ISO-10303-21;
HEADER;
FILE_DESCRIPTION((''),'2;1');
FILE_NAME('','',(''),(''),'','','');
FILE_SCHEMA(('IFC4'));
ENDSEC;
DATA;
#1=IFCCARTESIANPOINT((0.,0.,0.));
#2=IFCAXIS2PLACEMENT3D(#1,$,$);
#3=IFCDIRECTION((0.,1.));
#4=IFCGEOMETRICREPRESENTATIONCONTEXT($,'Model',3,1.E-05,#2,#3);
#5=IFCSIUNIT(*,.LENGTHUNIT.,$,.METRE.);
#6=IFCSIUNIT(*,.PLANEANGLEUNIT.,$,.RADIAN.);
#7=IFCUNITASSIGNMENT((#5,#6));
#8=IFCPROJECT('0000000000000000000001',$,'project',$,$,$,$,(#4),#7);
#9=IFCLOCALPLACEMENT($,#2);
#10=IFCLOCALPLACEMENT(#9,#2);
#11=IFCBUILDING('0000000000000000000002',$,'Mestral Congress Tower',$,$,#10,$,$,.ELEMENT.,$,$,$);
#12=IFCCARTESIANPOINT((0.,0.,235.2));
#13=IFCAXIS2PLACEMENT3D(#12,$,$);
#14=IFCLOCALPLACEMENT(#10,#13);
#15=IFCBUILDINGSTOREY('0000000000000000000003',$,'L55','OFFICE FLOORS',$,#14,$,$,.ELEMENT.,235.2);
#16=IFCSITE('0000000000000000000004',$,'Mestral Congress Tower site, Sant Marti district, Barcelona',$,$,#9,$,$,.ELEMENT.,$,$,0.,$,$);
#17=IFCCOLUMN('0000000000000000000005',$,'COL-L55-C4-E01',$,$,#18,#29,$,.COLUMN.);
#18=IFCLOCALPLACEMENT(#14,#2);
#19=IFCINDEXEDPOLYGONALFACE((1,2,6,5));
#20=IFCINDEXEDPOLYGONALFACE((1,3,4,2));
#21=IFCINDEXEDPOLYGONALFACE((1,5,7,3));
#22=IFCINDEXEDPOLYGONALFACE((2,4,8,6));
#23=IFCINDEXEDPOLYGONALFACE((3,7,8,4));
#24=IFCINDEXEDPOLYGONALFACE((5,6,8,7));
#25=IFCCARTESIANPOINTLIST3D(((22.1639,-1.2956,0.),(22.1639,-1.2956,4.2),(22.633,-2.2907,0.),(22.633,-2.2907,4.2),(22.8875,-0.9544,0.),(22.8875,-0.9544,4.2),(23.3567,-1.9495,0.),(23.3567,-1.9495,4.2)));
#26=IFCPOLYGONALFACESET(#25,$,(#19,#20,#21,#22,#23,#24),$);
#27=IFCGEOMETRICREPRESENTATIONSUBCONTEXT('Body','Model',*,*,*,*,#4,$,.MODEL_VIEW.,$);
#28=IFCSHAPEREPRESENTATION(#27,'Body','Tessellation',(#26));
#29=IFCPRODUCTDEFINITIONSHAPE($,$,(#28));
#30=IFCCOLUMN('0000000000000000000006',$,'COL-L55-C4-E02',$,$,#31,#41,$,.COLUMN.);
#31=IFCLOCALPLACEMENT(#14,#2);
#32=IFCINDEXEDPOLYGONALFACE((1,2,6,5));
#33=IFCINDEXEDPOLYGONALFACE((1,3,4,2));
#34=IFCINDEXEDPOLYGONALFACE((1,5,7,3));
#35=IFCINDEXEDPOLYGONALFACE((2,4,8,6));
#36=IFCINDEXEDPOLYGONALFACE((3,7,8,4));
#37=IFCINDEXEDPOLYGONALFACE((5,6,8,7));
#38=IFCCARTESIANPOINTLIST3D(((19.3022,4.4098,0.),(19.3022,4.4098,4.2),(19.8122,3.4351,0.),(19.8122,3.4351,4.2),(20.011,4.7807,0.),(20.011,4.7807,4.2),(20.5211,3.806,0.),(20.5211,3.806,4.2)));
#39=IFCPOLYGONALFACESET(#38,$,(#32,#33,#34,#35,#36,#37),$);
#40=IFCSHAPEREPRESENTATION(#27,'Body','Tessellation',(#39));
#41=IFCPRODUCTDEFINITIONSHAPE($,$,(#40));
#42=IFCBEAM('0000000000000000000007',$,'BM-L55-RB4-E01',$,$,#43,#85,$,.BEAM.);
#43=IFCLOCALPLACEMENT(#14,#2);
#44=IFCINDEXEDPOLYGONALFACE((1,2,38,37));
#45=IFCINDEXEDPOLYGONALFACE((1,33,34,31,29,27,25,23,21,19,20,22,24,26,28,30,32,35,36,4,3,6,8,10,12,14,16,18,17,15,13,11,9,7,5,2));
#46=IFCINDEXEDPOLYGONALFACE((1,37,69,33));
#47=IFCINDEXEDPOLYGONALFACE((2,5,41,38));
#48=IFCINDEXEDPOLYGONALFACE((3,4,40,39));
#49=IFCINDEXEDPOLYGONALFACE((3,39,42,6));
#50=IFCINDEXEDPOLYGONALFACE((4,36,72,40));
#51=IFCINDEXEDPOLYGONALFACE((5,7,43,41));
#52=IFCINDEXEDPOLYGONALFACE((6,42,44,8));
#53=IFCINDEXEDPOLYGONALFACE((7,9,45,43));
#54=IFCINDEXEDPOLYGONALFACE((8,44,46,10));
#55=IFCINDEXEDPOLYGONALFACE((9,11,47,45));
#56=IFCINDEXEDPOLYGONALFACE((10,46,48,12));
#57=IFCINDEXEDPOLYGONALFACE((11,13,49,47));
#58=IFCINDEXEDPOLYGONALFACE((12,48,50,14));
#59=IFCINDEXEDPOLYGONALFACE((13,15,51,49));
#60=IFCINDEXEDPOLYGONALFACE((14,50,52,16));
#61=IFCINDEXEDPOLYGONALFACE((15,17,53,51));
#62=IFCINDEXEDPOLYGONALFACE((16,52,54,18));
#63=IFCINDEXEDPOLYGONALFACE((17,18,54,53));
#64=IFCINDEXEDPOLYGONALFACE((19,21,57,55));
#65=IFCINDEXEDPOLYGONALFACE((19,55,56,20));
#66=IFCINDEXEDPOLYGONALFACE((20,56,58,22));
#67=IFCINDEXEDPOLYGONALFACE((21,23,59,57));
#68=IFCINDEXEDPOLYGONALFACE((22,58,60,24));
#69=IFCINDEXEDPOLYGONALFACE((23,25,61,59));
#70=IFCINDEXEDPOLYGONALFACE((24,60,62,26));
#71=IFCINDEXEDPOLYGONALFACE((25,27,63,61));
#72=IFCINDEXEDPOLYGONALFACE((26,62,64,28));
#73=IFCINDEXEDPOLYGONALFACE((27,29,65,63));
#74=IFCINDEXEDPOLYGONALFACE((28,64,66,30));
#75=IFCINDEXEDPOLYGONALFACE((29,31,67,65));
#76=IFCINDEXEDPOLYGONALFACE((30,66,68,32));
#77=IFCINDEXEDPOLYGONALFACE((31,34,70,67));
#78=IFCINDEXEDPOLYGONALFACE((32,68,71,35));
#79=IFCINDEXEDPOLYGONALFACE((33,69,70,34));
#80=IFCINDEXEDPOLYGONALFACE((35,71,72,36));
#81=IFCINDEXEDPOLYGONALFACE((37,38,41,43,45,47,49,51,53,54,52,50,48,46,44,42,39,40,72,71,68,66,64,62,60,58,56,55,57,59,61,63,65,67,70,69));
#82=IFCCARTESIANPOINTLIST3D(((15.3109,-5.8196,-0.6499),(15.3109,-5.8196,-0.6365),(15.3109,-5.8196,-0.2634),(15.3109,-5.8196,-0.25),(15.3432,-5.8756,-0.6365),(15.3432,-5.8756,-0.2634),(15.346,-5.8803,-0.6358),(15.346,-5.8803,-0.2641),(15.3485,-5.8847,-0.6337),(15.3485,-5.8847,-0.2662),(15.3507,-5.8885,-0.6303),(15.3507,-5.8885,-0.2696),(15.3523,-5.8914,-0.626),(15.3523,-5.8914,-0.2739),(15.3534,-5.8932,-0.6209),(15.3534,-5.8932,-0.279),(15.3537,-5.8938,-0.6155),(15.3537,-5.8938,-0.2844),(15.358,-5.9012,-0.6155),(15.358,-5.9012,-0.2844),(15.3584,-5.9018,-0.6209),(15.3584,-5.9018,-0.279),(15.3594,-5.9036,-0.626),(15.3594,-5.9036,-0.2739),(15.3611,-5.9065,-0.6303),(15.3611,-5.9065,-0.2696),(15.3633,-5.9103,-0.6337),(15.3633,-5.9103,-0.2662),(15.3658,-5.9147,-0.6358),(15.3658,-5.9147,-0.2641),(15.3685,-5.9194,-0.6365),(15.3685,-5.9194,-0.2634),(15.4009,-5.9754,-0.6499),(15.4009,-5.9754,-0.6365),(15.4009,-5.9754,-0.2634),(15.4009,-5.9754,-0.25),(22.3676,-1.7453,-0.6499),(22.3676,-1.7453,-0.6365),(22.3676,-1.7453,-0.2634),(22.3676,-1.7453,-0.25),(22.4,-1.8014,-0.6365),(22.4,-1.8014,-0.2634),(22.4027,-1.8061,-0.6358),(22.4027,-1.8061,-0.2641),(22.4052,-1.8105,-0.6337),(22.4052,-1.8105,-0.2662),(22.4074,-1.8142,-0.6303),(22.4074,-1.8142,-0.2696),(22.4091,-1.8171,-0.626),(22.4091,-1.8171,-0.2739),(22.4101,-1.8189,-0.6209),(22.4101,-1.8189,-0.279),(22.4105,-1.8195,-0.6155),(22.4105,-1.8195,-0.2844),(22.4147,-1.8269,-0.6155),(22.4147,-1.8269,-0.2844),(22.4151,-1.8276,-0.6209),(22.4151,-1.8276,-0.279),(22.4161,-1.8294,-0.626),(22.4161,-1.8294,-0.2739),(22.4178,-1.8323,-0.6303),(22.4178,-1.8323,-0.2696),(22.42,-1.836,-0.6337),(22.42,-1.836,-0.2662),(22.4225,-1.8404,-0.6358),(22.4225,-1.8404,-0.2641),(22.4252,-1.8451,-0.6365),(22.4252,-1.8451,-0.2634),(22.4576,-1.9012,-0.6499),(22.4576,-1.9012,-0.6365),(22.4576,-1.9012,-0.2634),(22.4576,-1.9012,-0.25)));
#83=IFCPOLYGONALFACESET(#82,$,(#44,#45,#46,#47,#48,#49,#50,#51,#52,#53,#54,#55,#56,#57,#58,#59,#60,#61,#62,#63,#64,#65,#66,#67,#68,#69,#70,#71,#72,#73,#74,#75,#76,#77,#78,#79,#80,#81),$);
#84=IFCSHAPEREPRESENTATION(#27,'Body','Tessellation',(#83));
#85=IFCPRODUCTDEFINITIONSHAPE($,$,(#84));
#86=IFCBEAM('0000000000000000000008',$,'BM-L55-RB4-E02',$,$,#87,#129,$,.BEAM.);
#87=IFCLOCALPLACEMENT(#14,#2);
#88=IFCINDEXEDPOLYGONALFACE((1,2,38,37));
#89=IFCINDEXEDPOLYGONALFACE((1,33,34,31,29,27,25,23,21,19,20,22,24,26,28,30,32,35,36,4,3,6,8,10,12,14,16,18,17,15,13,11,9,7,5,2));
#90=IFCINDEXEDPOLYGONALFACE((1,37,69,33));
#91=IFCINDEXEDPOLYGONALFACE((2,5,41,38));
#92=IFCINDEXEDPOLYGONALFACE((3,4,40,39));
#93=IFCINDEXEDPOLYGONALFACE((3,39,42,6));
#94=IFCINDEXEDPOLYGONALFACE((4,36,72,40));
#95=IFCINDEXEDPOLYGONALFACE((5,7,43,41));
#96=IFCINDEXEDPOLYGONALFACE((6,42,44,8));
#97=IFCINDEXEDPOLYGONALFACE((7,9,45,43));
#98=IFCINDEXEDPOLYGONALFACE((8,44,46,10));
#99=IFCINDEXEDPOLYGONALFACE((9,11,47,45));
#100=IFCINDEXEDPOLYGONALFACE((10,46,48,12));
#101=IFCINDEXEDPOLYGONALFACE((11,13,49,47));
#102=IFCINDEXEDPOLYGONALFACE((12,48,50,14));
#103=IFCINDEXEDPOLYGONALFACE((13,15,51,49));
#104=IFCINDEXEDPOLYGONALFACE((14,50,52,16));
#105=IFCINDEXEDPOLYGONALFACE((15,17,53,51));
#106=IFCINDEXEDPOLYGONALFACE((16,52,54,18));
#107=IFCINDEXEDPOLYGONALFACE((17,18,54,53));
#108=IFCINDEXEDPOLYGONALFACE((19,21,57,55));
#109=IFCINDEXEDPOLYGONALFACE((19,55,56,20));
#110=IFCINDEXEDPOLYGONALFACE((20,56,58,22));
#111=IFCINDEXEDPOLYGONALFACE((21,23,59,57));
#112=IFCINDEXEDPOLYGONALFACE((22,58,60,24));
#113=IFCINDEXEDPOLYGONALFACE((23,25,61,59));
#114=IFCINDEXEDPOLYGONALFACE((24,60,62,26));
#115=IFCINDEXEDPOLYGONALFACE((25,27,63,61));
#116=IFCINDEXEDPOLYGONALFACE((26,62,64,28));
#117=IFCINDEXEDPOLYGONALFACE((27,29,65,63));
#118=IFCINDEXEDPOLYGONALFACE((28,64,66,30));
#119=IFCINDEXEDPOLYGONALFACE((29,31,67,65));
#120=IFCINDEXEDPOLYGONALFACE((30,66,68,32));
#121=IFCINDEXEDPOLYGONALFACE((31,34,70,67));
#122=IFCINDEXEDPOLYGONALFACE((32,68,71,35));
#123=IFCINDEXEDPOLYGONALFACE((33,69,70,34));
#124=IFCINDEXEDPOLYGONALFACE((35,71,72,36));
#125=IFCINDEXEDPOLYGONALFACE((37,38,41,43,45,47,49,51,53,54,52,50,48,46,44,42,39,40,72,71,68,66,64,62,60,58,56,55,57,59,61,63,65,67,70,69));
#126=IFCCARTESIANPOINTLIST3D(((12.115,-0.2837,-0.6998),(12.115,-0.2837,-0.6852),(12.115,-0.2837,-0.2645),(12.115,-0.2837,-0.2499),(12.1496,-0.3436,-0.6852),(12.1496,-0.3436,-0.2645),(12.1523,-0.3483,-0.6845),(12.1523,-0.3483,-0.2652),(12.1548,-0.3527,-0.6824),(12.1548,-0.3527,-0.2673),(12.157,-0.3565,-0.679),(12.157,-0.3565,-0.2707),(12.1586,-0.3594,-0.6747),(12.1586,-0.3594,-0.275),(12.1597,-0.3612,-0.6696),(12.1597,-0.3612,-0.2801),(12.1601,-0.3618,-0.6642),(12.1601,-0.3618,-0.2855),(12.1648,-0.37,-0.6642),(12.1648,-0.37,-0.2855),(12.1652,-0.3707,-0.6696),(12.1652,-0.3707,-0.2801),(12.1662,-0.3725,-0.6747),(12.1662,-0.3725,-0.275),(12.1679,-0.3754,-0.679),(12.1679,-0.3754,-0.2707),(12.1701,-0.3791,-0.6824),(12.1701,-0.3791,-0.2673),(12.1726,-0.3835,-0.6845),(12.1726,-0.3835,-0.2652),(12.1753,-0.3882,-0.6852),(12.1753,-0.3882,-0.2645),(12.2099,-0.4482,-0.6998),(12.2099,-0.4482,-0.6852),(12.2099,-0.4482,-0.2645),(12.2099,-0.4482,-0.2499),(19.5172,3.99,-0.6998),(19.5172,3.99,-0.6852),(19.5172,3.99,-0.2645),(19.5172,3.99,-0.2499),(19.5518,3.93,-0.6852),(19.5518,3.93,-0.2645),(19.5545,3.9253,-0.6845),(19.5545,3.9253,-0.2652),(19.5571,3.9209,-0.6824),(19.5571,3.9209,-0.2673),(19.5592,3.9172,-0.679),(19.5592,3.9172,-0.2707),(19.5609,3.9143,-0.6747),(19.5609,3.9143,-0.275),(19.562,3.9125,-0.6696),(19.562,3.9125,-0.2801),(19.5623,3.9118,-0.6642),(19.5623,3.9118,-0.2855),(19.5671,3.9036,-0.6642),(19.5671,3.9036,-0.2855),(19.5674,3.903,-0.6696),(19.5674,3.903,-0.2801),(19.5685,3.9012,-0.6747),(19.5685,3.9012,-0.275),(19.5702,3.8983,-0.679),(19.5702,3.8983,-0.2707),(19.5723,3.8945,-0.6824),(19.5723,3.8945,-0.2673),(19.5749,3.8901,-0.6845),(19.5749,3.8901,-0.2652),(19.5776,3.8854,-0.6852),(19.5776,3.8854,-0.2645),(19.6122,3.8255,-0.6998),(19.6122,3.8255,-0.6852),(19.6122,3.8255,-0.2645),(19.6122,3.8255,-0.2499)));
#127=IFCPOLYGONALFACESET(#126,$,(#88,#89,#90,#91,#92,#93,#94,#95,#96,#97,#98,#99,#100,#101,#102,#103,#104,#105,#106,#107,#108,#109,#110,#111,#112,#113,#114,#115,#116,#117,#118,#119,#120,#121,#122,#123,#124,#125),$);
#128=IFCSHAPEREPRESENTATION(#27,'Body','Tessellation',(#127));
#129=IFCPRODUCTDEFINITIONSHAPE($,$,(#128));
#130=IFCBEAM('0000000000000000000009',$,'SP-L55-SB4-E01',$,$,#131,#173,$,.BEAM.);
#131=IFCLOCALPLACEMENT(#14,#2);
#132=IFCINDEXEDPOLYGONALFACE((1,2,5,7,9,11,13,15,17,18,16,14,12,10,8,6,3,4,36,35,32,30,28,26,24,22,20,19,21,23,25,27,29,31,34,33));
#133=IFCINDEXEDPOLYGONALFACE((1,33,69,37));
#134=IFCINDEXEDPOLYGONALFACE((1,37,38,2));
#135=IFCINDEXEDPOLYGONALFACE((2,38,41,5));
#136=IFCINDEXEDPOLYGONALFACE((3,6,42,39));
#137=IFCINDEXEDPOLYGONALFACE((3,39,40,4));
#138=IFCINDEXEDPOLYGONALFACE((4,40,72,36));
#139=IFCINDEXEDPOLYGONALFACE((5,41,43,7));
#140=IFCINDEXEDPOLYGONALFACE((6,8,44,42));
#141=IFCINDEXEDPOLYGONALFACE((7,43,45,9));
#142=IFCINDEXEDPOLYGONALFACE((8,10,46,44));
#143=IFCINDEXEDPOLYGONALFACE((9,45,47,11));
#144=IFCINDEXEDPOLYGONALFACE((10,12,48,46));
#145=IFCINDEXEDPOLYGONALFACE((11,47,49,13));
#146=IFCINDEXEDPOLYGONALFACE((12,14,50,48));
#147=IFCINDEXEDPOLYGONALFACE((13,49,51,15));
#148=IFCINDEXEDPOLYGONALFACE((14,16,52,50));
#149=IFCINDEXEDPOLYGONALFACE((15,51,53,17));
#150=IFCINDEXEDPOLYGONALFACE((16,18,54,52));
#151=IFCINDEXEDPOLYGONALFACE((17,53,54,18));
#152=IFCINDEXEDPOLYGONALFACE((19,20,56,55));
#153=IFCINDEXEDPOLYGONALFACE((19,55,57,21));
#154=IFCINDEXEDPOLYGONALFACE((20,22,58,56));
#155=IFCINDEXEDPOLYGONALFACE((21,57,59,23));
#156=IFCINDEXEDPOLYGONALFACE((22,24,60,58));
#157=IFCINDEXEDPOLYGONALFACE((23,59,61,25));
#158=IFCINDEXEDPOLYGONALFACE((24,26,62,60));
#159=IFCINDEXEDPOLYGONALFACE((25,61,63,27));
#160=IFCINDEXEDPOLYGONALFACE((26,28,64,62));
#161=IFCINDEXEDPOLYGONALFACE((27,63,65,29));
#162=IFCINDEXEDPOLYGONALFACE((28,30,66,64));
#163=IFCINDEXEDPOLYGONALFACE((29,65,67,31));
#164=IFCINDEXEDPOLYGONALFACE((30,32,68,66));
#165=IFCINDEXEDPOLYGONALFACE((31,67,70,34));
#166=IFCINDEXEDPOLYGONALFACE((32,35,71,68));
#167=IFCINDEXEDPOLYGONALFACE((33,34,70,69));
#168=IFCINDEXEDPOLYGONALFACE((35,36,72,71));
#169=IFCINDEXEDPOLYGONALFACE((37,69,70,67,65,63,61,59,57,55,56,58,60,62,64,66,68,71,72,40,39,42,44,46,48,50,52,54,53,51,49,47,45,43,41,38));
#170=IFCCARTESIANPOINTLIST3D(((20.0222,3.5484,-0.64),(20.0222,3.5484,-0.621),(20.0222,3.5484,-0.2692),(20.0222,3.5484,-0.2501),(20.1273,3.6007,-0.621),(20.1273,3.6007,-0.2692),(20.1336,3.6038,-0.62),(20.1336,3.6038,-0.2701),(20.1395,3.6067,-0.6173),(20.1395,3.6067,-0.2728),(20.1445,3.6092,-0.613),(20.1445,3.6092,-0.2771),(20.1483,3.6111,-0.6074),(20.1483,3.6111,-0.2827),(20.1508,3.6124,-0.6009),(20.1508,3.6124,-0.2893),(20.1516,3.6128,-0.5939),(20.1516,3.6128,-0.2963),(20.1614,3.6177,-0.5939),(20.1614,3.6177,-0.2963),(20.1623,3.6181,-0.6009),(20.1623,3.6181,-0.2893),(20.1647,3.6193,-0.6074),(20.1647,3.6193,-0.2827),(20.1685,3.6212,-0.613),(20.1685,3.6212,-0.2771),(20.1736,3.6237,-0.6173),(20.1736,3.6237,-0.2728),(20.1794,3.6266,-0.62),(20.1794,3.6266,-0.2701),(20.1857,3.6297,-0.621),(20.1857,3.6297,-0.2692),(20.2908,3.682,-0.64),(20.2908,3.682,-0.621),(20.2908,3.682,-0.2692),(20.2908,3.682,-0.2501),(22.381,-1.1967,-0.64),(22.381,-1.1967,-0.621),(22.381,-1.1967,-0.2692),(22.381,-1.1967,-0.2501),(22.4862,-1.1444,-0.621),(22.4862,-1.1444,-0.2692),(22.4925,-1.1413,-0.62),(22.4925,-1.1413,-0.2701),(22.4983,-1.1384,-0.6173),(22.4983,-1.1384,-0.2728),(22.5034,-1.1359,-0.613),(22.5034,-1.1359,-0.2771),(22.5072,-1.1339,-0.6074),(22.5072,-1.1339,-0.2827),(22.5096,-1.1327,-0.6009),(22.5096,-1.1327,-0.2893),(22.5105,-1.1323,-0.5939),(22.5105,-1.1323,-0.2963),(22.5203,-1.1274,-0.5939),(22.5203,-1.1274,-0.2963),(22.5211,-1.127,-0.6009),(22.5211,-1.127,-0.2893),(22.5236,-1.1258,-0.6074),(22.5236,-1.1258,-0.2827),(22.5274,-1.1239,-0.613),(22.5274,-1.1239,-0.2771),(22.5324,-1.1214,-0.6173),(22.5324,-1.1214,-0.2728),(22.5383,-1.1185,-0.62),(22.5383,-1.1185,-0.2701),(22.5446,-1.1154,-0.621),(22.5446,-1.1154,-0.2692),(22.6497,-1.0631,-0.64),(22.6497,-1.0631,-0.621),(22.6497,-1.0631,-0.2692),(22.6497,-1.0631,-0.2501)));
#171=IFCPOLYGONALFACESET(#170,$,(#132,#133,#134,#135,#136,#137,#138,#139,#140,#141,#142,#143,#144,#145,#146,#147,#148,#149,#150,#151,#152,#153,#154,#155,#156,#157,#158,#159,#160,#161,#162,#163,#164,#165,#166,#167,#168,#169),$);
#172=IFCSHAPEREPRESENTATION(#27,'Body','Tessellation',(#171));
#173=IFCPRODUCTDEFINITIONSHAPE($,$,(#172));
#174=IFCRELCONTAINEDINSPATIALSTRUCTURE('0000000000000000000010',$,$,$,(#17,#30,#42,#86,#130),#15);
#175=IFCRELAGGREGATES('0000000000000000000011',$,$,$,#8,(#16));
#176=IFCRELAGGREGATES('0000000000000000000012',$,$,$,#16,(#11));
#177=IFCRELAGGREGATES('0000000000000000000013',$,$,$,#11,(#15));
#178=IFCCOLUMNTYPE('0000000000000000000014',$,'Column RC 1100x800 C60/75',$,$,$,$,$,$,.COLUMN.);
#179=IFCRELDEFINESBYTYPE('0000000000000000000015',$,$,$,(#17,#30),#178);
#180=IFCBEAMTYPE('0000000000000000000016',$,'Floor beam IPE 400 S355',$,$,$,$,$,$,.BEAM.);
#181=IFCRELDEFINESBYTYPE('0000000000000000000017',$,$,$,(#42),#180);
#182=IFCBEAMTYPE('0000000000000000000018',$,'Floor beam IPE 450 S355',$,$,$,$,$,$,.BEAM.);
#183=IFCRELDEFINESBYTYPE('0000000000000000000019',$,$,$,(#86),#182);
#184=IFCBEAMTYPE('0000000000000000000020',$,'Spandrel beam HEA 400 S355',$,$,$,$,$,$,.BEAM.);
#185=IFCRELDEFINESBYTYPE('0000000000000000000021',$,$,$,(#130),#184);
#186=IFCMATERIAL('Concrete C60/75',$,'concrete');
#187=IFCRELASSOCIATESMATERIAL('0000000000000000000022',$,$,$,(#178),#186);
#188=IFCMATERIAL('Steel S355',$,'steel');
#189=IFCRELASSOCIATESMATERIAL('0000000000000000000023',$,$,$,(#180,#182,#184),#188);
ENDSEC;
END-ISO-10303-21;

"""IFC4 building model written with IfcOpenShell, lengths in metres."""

from ifc_helpers import new_model, si_unit, direction, frame, origin, origin_2d, place, context, subcontext, project, spatial, rectangle, i_section, extrude, material, material_profile, profile_set, type_object, element, save


model = new_model("IFC4")

# Units and contexts
model_context = context("Model", 3, precision=1e-05, world=origin(), true_north=direction((0.0, 1.0)))
body_context = subcontext(model_context, "Body", "Model", "MODEL_VIEW")
ifc_project = project(units=[si_unit("LENGTHUNIT", "METRE"), si_unit("PLANEANGLEUNIT", "RADIAN")], contexts=[model_context])

# Site, building, storey
site_placement = place(None, origin())
site = spatial("IfcSite", under=ifc_project, at=site_placement, Name="Mestral Congress Tower site, Sant Marti district, Barcelona", CompositionType="ELEMENT", RefElevation=0.0)
building_placement = place(site_placement, origin())
building = spatial("IfcBuilding", under=site, at=building_placement, Name="Mestral Congress Tower", CompositionType="ELEMENT")
storey_placement = place(building_placement, frame((0.0, 0.0, 235.2)))
storey = spatial("IfcBuildingStorey", under=building, at=storey_placement, Name="L55", Description="OFFICE FLOORS", CompositionType="ELEMENT", Elevation=235.2)

# Columns
ifc_material_1 = material(Name="Concrete C60/75", Category="concrete")
ifc_material_profile_1 = material_profile(ifc_material_1, rectangle(XDim=1.1001, YDim=0.8, at=origin_2d()), Name="RC 1100x800")
ifc_profile_set_1 = profile_set([ifc_material_profile_1], Name="Concrete C60/75")
column_type = type_object("IfcColumnType", Name="Column RC 1100x800 C60/75", PredefinedType="COLUMN", material=ifc_profile_set_1)
for number, where, z_axis, x_axis, name in (
    (1, (22.7603, -1.6226, 0.0), (0.0, 0.0, 1.0), (-0.426472, 0.904501, 0.0), "COL-L55-C4-E01"),
    (2, (19.9116, 4.1079, 0.0), (0.0, 0.0, 1.0), (-0.463636, 0.886026, 0.0), "COL-L55-C4-E02"),
):
    element("IfcColumn", number, at=place(storey_placement, frame(where, z_axis=z_axis, x_axis=x_axis)), inside=storey, type_object=column_type, Name=name, PredefinedType="COLUMN", context=body_context, shape_type="SweptSolid", body=[
        extrude(rectangle(XDim=1.1001, YDim=0.8, at=origin_2d()), origin(), (0.0, 0.0, 1.0), 4.2),
    ])

# Beams
ifc_material_2 = material(Name="Steel S355", Category="steel")
ifc_material_profile_2 = material_profile(ifc_material_2, i_section(OverallWidth=0.1799, OverallDepth=0.3999, WebThickness=0.0085, FlangeThickness=0.0134, FilletRadius=0.021, at=origin_2d()), Name="IPE 400")
ifc_profile_set_2 = profile_set([ifc_material_profile_2], Name="Steel S355")
beam_type_1 = type_object("IfcBeamType", Name="Floor beam IPE 400 S355", PredefinedType="BEAM", material=ifc_profile_set_2)
beam_1_placement = place(storey_placement, frame((22.4126, -1.8232, -0.45), z_axis=(-0.866022, -0.500006, 0.0), x_axis=(0.500006, -0.866022, 0.0)))
element("IfcBeam", 3, at=beam_1_placement, inside=storey, type_object=beam_type_1, Name="BM-L55-RB4-E01", PredefinedType="BEAM", context=body_context, shape_type="SweptSolid", body=[
    extrude(i_section(OverallWidth=0.1799, OverallDepth=0.3999, WebThickness=0.0085, FlangeThickness=0.0134, FilletRadius=0.021, at=origin_2d()), origin(), (0.0, 0.0, 1.0), 8.1484),
])
ifc_material_profile_3 = material_profile(ifc_material_2, i_section(OverallWidth=0.1899, OverallDepth=0.45, WebThickness=0.0095, FlangeThickness=0.0146, FilletRadius=0.021, at=origin_2d()), Name="IPE 450")
ifc_profile_set_3 = profile_set([ifc_material_profile_3], Name="Steel S355")
beam_type_2 = type_object("IfcBeamType", Name="Floor beam IPE 450 S355", PredefinedType="BEAM", material=ifc_profile_set_3)
beam_2_placement = place(storey_placement, frame((19.5647, 3.9077, -0.4749), z_axis=(-0.866029, -0.499994, 0.0), x_axis=(0.499994, -0.866029, 0.0)))
element("IfcBeam", 4, at=beam_2_placement, inside=storey, type_object=beam_type_2, Name="BM-L55-RB4-E02", PredefinedType="BEAM", context=body_context, shape_type="SweptSolid", body=[
    extrude(i_section(OverallWidth=0.1899, OverallDepth=0.45, WebThickness=0.0095, FlangeThickness=0.0146, FilletRadius=0.021, at=origin_2d()), origin(), (0.0, 0.0, 1.0), 8.5474),
])
ifc_material_profile_4 = material_profile(ifc_material_2, i_section(OverallWidth=0.3, OverallDepth=0.3899, WebThickness=0.011, FlangeThickness=0.019, FilletRadius=0.0271, at=origin_2d()), Name="HEA 400")
ifc_profile_set_4 = profile_set([ifc_material_profile_4], Name="Steel S355")
beam_type_3 = type_object("IfcBeamType", Name="Spandrel beam HEA 400 S355", PredefinedType="BEAM", material=ifc_profile_set_4)
beam_3_placement = place(storey_placement, frame((22.5154, -1.1299, -0.4451), z_axis=(-0.445148, 0.895457, 0.0), x_axis=(-0.895457, -0.445148, 0.0)))
element("IfcBeam", 5, at=beam_3_placement, inside=storey, type_object=beam_type_3, Name="SP-L55-SB4-E01", PredefinedType="BEAM", context=body_context, shape_type="SweptSolid", body=[
    extrude(i_section(OverallWidth=0.3, OverallDepth=0.3899, WebThickness=0.011, FlangeThickness=0.019, FilletRadius=0.0271, at=origin_2d()), origin(), (0.0, 0.0, 1.0), 5.2991),
])

save(model, "model.ifc")
